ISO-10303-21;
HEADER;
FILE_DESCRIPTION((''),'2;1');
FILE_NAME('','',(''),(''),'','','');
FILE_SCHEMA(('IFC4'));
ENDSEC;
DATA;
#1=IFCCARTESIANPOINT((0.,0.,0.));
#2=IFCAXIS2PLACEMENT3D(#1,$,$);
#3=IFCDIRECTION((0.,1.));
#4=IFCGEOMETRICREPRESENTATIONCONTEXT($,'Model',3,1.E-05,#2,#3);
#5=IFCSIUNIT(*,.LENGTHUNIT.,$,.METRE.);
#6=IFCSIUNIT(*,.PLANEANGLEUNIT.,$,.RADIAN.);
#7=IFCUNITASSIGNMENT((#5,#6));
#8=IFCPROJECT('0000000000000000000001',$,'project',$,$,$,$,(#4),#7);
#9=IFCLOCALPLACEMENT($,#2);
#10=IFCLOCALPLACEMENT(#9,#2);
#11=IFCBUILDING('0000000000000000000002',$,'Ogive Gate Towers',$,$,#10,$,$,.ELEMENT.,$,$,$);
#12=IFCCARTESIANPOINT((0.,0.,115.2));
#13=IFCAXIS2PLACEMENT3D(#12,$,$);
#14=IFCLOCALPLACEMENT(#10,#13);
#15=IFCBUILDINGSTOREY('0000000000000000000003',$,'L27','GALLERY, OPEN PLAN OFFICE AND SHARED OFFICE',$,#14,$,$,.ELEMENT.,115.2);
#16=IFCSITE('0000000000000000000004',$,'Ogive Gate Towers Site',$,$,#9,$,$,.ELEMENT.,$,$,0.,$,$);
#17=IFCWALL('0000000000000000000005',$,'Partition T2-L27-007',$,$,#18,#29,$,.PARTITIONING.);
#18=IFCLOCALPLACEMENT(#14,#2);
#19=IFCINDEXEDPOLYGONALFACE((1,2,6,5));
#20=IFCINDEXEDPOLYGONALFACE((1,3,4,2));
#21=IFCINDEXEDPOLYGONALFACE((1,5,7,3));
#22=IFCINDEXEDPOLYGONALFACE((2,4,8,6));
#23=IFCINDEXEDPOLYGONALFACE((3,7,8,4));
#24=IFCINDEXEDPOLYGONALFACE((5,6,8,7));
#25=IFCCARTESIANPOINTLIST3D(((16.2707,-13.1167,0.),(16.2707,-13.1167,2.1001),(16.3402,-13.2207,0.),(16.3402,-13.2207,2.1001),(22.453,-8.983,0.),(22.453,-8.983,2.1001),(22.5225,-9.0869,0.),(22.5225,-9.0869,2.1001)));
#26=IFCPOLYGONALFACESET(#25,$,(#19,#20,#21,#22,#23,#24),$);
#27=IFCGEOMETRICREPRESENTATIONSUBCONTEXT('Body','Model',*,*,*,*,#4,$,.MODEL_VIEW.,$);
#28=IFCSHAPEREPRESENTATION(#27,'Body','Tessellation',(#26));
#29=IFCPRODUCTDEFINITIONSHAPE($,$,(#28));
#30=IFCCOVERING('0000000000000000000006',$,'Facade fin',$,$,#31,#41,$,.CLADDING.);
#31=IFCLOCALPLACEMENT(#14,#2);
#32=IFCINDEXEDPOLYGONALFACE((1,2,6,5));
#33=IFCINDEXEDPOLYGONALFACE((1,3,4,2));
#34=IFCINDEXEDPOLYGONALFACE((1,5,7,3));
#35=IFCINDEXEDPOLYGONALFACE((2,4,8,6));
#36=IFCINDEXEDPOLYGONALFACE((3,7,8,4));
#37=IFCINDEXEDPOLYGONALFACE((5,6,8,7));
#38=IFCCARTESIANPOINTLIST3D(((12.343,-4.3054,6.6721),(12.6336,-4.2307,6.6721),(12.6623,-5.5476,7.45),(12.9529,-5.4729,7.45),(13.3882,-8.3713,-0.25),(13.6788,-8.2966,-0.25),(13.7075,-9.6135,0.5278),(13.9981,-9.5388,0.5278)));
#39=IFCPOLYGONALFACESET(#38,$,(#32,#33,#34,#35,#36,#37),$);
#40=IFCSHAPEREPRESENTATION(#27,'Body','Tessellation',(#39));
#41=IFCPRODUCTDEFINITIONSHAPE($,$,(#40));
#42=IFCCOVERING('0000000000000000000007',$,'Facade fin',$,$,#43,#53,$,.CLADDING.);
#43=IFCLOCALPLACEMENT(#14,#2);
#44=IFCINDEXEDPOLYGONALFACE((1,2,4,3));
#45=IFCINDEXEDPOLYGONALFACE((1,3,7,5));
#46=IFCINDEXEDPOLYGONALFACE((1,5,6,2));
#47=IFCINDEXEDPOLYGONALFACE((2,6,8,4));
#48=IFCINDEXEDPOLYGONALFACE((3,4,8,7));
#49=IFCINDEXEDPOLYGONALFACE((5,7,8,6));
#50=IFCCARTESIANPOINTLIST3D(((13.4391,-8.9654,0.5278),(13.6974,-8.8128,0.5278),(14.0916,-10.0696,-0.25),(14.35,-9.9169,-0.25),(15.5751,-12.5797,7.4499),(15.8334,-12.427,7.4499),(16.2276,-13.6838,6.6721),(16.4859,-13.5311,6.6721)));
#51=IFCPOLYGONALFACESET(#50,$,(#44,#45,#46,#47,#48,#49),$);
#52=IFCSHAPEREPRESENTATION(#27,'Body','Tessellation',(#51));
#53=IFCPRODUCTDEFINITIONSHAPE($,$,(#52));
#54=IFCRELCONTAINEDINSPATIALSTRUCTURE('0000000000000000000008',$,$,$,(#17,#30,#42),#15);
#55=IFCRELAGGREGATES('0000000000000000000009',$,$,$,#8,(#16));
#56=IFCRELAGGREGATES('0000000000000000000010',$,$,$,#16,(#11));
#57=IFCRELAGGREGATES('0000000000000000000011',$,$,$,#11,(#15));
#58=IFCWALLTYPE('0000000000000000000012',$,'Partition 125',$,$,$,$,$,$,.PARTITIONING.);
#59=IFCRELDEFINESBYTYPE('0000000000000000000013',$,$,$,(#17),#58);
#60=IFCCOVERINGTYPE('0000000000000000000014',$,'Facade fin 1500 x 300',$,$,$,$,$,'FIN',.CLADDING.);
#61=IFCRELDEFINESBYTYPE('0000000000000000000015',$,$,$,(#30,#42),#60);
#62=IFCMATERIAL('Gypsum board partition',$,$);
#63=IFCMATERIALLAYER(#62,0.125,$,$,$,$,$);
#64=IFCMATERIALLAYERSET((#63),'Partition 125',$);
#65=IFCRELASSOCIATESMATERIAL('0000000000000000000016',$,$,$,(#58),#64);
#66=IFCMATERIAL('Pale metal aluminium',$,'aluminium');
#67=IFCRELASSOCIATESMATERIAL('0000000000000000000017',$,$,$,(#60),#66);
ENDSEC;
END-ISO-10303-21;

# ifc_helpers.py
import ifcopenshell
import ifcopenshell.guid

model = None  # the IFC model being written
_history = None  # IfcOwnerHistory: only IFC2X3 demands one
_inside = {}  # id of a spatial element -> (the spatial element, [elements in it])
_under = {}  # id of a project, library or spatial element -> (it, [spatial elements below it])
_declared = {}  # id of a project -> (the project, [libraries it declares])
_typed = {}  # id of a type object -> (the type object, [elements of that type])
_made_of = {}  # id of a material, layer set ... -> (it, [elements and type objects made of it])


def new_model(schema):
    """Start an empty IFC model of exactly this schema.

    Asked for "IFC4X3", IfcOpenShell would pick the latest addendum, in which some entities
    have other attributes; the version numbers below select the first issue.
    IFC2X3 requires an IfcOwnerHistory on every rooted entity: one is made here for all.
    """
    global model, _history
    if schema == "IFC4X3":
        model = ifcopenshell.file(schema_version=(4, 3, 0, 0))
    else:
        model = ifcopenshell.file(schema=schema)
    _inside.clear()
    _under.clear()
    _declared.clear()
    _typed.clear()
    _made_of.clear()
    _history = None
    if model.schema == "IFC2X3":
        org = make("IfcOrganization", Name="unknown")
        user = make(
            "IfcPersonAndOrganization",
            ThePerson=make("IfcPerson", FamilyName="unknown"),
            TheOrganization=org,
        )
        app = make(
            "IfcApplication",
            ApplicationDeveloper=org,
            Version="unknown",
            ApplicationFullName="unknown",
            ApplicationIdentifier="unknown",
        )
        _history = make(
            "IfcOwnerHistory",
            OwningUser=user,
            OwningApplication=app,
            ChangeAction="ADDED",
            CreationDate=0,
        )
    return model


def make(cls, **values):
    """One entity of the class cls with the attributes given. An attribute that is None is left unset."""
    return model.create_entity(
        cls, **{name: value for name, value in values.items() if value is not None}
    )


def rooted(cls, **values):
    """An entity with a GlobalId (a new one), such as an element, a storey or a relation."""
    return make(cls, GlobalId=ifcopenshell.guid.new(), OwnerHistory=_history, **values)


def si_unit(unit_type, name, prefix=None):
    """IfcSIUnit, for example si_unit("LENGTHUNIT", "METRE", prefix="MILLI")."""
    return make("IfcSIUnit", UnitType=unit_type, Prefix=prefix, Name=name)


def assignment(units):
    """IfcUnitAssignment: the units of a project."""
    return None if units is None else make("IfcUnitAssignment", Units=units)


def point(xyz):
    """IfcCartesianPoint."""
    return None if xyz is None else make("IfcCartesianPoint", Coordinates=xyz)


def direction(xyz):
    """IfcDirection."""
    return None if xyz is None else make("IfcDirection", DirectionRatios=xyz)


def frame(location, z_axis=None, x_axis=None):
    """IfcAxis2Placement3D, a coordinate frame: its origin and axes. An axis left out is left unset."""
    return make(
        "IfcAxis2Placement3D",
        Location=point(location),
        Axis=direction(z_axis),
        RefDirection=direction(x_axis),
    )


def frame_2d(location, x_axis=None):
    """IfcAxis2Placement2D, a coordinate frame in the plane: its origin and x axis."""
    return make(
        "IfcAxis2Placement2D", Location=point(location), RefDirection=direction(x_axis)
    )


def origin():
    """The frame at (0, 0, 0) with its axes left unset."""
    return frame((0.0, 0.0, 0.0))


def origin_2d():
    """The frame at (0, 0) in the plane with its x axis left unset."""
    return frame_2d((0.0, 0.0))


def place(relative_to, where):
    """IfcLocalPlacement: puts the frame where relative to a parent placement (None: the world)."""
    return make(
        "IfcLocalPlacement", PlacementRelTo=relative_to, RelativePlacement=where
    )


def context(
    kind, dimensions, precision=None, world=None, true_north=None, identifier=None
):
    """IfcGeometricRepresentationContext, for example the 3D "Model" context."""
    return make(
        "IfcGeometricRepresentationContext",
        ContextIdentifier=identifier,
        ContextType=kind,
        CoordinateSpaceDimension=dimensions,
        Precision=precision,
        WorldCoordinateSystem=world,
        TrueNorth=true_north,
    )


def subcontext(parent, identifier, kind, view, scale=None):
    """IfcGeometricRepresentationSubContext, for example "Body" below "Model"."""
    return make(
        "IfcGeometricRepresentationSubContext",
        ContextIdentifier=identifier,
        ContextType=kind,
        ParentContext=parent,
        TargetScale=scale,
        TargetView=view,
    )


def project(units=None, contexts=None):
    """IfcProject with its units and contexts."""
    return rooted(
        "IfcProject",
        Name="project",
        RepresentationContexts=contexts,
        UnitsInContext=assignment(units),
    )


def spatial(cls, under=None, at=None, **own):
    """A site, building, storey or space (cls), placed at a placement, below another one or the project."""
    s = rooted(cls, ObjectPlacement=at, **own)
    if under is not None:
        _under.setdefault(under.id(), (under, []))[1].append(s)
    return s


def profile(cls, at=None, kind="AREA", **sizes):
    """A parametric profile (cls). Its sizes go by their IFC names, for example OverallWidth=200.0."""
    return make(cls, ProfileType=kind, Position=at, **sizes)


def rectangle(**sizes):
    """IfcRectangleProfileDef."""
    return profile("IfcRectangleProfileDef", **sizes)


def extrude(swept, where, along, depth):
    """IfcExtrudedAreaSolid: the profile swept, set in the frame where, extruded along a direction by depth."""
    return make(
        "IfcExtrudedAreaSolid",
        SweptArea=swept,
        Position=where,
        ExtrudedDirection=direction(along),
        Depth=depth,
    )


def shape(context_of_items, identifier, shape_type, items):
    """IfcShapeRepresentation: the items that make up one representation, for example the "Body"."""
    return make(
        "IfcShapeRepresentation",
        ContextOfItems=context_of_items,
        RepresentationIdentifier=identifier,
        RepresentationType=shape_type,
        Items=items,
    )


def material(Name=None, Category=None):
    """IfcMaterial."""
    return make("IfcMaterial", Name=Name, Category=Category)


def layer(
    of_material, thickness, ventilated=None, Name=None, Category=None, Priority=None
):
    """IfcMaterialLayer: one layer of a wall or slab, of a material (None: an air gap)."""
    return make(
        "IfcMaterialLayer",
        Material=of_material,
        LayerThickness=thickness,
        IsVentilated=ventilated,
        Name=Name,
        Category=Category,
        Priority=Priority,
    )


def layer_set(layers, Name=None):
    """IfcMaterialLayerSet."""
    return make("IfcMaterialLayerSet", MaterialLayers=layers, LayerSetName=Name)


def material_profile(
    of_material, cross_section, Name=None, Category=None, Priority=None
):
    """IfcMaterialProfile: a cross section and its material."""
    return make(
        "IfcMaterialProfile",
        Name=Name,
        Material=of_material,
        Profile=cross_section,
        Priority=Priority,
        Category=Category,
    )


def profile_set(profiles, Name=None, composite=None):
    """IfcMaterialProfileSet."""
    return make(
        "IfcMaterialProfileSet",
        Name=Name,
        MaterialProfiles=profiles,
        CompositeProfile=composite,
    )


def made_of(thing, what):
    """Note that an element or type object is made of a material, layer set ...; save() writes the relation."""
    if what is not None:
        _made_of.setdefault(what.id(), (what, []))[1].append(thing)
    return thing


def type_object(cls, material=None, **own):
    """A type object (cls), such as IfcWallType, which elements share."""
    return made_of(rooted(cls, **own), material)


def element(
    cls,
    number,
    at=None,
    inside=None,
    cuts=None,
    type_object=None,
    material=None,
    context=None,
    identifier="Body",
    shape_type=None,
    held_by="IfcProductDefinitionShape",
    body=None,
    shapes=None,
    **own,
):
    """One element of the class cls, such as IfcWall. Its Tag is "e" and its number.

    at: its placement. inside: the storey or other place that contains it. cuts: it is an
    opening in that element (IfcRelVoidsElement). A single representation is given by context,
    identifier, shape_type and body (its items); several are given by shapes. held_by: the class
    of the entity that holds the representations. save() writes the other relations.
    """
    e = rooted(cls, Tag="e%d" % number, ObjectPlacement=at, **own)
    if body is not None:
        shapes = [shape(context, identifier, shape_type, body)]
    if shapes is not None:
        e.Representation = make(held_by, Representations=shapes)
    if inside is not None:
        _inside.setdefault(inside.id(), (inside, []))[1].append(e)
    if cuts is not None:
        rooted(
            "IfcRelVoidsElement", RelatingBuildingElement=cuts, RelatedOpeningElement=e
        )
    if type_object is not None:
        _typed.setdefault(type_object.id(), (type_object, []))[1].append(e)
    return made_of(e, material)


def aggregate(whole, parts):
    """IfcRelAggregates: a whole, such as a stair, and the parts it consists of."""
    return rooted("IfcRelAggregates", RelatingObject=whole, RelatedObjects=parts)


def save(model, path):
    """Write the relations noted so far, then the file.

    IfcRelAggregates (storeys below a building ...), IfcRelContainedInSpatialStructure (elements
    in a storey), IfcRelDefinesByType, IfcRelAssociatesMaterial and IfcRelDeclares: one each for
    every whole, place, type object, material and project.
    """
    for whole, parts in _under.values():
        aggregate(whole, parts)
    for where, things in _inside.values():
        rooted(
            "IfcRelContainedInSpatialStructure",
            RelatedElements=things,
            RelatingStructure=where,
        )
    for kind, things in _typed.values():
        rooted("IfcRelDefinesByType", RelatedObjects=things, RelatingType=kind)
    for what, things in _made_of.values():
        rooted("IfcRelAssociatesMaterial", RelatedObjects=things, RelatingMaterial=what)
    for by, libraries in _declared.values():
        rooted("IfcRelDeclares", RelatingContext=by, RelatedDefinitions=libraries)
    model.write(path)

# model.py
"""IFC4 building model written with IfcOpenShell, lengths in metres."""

from ifc_helpers import new_model, si_unit, direction, frame, frame_2d, origin, origin_2d, place, context, subcontext, project, spatial, rectangle, extrude, material, layer, layer_set, material_profile, profile_set, type_object, element, save


model = new_model("IFC4")

# Units and contexts
model_context = context("Model", 3, precision=1e-05, world=origin(), true_north=direction((0.0, 1.0)))
body_context = subcontext(model_context, "Body", "Model", "MODEL_VIEW")
ifc_project = project(units=[si_unit("LENGTHUNIT", "METRE"), si_unit("PLANEANGLEUNIT", "RADIAN")], contexts=[model_context])

# Site, building, storey
site_placement = place(None, origin())
site = spatial("IfcSite", under=ifc_project, at=site_placement, Name="Ogive Gate Towers Site", CompositionType="ELEMENT", RefElevation=0.0)
building_placement = place(site_placement, origin())
building = spatial("IfcBuilding", under=site, at=building_placement, Name="Ogive Gate Towers", CompositionType="ELEMENT")
storey_placement = place(building_placement, frame((0.0, 0.0, 115.2)))
storey = spatial("IfcBuildingStorey", under=building, at=storey_placement, Name="L27", Description="GALLERY, OPEN PLAN OFFICE AND SHARED OFFICE", CompositionType="ELEMENT", Elevation=115.2)

# Shared definitions
ifc_material_1 = material(Name="Pale metal aluminium", Category="aluminium")

# Wall
ifc_material_2 = material(Name="Gypsum board partition")
ifc_layer_1 = layer(ifc_material_2, 0.125)
ifc_layer_set_1 = layer_set([ifc_layer_1], Name="Partition 125")
wall_type = type_object("IfcWallType", Name="Partition 125", PredefinedType="PARTITIONING", material=ifc_layer_set_1)
wall_placement = place(storey_placement, frame((16.3054, -13.1687, 0.0), z_axis=(0.0, 0.0, 1.0), x_axis=(0.831292, 0.555836, 0.0)))
element("IfcWall", 1, at=wall_placement, inside=storey, type_object=wall_type, Name="Partition T2-L27-007", PredefinedType="PARTITIONING", context=body_context, shape_type="SweptSolid", body=[
    extrude(rectangle(XDim=7.437, YDim=0.125, at=frame_2d((3.7185, 0.0))), origin(), (0.0, 0.0, 1.0), 2.1001),
])

# Coverings
ifc_material_profile_1 = material_profile(ifc_material_1, rectangle(XDim=0.3, YDim=1.5, at=origin_2d()), Name="1500 x 300 pale metal aluminium")
ifc_profile_set_1 = profile_set([ifc_material_profile_1], Name="Pale metal aluminium")
covering_type = type_object("IfcCoveringType", Name="Facade fin 1500 x 300", ElementType="FIN", PredefinedType="CLADDING", material=ifc_profile_set_1)
for number, where, z_axis, x_axis, name in (
    (2, (13.6931, -8.9551, 0.1389), (-0.129102, 0.502234, 0.85504), (-0.968513, -0.248962, 0.0), "Facade fin"),
    (3, (13.8945, -9.4412, 0.1389), (0.263841, -0.446439, 0.855032), (0.860896, 0.50878, 0.0), "Facade fin"),
):
    element("IfcCovering", number, at=place(storey_placement, frame(where, z_axis=z_axis, x_axis=x_axis)), inside=storey, type_object=covering_type, Name=name, PredefinedType="CLADDING", context=body_context, shape_type="SweptSolid", body=[
        extrude(rectangle(XDim=0.3, YDim=1.5, at=origin_2d()), origin(), (0.0, 0.0, 1.0), 8.0957),
    ])

save(model, "model.ifc")
